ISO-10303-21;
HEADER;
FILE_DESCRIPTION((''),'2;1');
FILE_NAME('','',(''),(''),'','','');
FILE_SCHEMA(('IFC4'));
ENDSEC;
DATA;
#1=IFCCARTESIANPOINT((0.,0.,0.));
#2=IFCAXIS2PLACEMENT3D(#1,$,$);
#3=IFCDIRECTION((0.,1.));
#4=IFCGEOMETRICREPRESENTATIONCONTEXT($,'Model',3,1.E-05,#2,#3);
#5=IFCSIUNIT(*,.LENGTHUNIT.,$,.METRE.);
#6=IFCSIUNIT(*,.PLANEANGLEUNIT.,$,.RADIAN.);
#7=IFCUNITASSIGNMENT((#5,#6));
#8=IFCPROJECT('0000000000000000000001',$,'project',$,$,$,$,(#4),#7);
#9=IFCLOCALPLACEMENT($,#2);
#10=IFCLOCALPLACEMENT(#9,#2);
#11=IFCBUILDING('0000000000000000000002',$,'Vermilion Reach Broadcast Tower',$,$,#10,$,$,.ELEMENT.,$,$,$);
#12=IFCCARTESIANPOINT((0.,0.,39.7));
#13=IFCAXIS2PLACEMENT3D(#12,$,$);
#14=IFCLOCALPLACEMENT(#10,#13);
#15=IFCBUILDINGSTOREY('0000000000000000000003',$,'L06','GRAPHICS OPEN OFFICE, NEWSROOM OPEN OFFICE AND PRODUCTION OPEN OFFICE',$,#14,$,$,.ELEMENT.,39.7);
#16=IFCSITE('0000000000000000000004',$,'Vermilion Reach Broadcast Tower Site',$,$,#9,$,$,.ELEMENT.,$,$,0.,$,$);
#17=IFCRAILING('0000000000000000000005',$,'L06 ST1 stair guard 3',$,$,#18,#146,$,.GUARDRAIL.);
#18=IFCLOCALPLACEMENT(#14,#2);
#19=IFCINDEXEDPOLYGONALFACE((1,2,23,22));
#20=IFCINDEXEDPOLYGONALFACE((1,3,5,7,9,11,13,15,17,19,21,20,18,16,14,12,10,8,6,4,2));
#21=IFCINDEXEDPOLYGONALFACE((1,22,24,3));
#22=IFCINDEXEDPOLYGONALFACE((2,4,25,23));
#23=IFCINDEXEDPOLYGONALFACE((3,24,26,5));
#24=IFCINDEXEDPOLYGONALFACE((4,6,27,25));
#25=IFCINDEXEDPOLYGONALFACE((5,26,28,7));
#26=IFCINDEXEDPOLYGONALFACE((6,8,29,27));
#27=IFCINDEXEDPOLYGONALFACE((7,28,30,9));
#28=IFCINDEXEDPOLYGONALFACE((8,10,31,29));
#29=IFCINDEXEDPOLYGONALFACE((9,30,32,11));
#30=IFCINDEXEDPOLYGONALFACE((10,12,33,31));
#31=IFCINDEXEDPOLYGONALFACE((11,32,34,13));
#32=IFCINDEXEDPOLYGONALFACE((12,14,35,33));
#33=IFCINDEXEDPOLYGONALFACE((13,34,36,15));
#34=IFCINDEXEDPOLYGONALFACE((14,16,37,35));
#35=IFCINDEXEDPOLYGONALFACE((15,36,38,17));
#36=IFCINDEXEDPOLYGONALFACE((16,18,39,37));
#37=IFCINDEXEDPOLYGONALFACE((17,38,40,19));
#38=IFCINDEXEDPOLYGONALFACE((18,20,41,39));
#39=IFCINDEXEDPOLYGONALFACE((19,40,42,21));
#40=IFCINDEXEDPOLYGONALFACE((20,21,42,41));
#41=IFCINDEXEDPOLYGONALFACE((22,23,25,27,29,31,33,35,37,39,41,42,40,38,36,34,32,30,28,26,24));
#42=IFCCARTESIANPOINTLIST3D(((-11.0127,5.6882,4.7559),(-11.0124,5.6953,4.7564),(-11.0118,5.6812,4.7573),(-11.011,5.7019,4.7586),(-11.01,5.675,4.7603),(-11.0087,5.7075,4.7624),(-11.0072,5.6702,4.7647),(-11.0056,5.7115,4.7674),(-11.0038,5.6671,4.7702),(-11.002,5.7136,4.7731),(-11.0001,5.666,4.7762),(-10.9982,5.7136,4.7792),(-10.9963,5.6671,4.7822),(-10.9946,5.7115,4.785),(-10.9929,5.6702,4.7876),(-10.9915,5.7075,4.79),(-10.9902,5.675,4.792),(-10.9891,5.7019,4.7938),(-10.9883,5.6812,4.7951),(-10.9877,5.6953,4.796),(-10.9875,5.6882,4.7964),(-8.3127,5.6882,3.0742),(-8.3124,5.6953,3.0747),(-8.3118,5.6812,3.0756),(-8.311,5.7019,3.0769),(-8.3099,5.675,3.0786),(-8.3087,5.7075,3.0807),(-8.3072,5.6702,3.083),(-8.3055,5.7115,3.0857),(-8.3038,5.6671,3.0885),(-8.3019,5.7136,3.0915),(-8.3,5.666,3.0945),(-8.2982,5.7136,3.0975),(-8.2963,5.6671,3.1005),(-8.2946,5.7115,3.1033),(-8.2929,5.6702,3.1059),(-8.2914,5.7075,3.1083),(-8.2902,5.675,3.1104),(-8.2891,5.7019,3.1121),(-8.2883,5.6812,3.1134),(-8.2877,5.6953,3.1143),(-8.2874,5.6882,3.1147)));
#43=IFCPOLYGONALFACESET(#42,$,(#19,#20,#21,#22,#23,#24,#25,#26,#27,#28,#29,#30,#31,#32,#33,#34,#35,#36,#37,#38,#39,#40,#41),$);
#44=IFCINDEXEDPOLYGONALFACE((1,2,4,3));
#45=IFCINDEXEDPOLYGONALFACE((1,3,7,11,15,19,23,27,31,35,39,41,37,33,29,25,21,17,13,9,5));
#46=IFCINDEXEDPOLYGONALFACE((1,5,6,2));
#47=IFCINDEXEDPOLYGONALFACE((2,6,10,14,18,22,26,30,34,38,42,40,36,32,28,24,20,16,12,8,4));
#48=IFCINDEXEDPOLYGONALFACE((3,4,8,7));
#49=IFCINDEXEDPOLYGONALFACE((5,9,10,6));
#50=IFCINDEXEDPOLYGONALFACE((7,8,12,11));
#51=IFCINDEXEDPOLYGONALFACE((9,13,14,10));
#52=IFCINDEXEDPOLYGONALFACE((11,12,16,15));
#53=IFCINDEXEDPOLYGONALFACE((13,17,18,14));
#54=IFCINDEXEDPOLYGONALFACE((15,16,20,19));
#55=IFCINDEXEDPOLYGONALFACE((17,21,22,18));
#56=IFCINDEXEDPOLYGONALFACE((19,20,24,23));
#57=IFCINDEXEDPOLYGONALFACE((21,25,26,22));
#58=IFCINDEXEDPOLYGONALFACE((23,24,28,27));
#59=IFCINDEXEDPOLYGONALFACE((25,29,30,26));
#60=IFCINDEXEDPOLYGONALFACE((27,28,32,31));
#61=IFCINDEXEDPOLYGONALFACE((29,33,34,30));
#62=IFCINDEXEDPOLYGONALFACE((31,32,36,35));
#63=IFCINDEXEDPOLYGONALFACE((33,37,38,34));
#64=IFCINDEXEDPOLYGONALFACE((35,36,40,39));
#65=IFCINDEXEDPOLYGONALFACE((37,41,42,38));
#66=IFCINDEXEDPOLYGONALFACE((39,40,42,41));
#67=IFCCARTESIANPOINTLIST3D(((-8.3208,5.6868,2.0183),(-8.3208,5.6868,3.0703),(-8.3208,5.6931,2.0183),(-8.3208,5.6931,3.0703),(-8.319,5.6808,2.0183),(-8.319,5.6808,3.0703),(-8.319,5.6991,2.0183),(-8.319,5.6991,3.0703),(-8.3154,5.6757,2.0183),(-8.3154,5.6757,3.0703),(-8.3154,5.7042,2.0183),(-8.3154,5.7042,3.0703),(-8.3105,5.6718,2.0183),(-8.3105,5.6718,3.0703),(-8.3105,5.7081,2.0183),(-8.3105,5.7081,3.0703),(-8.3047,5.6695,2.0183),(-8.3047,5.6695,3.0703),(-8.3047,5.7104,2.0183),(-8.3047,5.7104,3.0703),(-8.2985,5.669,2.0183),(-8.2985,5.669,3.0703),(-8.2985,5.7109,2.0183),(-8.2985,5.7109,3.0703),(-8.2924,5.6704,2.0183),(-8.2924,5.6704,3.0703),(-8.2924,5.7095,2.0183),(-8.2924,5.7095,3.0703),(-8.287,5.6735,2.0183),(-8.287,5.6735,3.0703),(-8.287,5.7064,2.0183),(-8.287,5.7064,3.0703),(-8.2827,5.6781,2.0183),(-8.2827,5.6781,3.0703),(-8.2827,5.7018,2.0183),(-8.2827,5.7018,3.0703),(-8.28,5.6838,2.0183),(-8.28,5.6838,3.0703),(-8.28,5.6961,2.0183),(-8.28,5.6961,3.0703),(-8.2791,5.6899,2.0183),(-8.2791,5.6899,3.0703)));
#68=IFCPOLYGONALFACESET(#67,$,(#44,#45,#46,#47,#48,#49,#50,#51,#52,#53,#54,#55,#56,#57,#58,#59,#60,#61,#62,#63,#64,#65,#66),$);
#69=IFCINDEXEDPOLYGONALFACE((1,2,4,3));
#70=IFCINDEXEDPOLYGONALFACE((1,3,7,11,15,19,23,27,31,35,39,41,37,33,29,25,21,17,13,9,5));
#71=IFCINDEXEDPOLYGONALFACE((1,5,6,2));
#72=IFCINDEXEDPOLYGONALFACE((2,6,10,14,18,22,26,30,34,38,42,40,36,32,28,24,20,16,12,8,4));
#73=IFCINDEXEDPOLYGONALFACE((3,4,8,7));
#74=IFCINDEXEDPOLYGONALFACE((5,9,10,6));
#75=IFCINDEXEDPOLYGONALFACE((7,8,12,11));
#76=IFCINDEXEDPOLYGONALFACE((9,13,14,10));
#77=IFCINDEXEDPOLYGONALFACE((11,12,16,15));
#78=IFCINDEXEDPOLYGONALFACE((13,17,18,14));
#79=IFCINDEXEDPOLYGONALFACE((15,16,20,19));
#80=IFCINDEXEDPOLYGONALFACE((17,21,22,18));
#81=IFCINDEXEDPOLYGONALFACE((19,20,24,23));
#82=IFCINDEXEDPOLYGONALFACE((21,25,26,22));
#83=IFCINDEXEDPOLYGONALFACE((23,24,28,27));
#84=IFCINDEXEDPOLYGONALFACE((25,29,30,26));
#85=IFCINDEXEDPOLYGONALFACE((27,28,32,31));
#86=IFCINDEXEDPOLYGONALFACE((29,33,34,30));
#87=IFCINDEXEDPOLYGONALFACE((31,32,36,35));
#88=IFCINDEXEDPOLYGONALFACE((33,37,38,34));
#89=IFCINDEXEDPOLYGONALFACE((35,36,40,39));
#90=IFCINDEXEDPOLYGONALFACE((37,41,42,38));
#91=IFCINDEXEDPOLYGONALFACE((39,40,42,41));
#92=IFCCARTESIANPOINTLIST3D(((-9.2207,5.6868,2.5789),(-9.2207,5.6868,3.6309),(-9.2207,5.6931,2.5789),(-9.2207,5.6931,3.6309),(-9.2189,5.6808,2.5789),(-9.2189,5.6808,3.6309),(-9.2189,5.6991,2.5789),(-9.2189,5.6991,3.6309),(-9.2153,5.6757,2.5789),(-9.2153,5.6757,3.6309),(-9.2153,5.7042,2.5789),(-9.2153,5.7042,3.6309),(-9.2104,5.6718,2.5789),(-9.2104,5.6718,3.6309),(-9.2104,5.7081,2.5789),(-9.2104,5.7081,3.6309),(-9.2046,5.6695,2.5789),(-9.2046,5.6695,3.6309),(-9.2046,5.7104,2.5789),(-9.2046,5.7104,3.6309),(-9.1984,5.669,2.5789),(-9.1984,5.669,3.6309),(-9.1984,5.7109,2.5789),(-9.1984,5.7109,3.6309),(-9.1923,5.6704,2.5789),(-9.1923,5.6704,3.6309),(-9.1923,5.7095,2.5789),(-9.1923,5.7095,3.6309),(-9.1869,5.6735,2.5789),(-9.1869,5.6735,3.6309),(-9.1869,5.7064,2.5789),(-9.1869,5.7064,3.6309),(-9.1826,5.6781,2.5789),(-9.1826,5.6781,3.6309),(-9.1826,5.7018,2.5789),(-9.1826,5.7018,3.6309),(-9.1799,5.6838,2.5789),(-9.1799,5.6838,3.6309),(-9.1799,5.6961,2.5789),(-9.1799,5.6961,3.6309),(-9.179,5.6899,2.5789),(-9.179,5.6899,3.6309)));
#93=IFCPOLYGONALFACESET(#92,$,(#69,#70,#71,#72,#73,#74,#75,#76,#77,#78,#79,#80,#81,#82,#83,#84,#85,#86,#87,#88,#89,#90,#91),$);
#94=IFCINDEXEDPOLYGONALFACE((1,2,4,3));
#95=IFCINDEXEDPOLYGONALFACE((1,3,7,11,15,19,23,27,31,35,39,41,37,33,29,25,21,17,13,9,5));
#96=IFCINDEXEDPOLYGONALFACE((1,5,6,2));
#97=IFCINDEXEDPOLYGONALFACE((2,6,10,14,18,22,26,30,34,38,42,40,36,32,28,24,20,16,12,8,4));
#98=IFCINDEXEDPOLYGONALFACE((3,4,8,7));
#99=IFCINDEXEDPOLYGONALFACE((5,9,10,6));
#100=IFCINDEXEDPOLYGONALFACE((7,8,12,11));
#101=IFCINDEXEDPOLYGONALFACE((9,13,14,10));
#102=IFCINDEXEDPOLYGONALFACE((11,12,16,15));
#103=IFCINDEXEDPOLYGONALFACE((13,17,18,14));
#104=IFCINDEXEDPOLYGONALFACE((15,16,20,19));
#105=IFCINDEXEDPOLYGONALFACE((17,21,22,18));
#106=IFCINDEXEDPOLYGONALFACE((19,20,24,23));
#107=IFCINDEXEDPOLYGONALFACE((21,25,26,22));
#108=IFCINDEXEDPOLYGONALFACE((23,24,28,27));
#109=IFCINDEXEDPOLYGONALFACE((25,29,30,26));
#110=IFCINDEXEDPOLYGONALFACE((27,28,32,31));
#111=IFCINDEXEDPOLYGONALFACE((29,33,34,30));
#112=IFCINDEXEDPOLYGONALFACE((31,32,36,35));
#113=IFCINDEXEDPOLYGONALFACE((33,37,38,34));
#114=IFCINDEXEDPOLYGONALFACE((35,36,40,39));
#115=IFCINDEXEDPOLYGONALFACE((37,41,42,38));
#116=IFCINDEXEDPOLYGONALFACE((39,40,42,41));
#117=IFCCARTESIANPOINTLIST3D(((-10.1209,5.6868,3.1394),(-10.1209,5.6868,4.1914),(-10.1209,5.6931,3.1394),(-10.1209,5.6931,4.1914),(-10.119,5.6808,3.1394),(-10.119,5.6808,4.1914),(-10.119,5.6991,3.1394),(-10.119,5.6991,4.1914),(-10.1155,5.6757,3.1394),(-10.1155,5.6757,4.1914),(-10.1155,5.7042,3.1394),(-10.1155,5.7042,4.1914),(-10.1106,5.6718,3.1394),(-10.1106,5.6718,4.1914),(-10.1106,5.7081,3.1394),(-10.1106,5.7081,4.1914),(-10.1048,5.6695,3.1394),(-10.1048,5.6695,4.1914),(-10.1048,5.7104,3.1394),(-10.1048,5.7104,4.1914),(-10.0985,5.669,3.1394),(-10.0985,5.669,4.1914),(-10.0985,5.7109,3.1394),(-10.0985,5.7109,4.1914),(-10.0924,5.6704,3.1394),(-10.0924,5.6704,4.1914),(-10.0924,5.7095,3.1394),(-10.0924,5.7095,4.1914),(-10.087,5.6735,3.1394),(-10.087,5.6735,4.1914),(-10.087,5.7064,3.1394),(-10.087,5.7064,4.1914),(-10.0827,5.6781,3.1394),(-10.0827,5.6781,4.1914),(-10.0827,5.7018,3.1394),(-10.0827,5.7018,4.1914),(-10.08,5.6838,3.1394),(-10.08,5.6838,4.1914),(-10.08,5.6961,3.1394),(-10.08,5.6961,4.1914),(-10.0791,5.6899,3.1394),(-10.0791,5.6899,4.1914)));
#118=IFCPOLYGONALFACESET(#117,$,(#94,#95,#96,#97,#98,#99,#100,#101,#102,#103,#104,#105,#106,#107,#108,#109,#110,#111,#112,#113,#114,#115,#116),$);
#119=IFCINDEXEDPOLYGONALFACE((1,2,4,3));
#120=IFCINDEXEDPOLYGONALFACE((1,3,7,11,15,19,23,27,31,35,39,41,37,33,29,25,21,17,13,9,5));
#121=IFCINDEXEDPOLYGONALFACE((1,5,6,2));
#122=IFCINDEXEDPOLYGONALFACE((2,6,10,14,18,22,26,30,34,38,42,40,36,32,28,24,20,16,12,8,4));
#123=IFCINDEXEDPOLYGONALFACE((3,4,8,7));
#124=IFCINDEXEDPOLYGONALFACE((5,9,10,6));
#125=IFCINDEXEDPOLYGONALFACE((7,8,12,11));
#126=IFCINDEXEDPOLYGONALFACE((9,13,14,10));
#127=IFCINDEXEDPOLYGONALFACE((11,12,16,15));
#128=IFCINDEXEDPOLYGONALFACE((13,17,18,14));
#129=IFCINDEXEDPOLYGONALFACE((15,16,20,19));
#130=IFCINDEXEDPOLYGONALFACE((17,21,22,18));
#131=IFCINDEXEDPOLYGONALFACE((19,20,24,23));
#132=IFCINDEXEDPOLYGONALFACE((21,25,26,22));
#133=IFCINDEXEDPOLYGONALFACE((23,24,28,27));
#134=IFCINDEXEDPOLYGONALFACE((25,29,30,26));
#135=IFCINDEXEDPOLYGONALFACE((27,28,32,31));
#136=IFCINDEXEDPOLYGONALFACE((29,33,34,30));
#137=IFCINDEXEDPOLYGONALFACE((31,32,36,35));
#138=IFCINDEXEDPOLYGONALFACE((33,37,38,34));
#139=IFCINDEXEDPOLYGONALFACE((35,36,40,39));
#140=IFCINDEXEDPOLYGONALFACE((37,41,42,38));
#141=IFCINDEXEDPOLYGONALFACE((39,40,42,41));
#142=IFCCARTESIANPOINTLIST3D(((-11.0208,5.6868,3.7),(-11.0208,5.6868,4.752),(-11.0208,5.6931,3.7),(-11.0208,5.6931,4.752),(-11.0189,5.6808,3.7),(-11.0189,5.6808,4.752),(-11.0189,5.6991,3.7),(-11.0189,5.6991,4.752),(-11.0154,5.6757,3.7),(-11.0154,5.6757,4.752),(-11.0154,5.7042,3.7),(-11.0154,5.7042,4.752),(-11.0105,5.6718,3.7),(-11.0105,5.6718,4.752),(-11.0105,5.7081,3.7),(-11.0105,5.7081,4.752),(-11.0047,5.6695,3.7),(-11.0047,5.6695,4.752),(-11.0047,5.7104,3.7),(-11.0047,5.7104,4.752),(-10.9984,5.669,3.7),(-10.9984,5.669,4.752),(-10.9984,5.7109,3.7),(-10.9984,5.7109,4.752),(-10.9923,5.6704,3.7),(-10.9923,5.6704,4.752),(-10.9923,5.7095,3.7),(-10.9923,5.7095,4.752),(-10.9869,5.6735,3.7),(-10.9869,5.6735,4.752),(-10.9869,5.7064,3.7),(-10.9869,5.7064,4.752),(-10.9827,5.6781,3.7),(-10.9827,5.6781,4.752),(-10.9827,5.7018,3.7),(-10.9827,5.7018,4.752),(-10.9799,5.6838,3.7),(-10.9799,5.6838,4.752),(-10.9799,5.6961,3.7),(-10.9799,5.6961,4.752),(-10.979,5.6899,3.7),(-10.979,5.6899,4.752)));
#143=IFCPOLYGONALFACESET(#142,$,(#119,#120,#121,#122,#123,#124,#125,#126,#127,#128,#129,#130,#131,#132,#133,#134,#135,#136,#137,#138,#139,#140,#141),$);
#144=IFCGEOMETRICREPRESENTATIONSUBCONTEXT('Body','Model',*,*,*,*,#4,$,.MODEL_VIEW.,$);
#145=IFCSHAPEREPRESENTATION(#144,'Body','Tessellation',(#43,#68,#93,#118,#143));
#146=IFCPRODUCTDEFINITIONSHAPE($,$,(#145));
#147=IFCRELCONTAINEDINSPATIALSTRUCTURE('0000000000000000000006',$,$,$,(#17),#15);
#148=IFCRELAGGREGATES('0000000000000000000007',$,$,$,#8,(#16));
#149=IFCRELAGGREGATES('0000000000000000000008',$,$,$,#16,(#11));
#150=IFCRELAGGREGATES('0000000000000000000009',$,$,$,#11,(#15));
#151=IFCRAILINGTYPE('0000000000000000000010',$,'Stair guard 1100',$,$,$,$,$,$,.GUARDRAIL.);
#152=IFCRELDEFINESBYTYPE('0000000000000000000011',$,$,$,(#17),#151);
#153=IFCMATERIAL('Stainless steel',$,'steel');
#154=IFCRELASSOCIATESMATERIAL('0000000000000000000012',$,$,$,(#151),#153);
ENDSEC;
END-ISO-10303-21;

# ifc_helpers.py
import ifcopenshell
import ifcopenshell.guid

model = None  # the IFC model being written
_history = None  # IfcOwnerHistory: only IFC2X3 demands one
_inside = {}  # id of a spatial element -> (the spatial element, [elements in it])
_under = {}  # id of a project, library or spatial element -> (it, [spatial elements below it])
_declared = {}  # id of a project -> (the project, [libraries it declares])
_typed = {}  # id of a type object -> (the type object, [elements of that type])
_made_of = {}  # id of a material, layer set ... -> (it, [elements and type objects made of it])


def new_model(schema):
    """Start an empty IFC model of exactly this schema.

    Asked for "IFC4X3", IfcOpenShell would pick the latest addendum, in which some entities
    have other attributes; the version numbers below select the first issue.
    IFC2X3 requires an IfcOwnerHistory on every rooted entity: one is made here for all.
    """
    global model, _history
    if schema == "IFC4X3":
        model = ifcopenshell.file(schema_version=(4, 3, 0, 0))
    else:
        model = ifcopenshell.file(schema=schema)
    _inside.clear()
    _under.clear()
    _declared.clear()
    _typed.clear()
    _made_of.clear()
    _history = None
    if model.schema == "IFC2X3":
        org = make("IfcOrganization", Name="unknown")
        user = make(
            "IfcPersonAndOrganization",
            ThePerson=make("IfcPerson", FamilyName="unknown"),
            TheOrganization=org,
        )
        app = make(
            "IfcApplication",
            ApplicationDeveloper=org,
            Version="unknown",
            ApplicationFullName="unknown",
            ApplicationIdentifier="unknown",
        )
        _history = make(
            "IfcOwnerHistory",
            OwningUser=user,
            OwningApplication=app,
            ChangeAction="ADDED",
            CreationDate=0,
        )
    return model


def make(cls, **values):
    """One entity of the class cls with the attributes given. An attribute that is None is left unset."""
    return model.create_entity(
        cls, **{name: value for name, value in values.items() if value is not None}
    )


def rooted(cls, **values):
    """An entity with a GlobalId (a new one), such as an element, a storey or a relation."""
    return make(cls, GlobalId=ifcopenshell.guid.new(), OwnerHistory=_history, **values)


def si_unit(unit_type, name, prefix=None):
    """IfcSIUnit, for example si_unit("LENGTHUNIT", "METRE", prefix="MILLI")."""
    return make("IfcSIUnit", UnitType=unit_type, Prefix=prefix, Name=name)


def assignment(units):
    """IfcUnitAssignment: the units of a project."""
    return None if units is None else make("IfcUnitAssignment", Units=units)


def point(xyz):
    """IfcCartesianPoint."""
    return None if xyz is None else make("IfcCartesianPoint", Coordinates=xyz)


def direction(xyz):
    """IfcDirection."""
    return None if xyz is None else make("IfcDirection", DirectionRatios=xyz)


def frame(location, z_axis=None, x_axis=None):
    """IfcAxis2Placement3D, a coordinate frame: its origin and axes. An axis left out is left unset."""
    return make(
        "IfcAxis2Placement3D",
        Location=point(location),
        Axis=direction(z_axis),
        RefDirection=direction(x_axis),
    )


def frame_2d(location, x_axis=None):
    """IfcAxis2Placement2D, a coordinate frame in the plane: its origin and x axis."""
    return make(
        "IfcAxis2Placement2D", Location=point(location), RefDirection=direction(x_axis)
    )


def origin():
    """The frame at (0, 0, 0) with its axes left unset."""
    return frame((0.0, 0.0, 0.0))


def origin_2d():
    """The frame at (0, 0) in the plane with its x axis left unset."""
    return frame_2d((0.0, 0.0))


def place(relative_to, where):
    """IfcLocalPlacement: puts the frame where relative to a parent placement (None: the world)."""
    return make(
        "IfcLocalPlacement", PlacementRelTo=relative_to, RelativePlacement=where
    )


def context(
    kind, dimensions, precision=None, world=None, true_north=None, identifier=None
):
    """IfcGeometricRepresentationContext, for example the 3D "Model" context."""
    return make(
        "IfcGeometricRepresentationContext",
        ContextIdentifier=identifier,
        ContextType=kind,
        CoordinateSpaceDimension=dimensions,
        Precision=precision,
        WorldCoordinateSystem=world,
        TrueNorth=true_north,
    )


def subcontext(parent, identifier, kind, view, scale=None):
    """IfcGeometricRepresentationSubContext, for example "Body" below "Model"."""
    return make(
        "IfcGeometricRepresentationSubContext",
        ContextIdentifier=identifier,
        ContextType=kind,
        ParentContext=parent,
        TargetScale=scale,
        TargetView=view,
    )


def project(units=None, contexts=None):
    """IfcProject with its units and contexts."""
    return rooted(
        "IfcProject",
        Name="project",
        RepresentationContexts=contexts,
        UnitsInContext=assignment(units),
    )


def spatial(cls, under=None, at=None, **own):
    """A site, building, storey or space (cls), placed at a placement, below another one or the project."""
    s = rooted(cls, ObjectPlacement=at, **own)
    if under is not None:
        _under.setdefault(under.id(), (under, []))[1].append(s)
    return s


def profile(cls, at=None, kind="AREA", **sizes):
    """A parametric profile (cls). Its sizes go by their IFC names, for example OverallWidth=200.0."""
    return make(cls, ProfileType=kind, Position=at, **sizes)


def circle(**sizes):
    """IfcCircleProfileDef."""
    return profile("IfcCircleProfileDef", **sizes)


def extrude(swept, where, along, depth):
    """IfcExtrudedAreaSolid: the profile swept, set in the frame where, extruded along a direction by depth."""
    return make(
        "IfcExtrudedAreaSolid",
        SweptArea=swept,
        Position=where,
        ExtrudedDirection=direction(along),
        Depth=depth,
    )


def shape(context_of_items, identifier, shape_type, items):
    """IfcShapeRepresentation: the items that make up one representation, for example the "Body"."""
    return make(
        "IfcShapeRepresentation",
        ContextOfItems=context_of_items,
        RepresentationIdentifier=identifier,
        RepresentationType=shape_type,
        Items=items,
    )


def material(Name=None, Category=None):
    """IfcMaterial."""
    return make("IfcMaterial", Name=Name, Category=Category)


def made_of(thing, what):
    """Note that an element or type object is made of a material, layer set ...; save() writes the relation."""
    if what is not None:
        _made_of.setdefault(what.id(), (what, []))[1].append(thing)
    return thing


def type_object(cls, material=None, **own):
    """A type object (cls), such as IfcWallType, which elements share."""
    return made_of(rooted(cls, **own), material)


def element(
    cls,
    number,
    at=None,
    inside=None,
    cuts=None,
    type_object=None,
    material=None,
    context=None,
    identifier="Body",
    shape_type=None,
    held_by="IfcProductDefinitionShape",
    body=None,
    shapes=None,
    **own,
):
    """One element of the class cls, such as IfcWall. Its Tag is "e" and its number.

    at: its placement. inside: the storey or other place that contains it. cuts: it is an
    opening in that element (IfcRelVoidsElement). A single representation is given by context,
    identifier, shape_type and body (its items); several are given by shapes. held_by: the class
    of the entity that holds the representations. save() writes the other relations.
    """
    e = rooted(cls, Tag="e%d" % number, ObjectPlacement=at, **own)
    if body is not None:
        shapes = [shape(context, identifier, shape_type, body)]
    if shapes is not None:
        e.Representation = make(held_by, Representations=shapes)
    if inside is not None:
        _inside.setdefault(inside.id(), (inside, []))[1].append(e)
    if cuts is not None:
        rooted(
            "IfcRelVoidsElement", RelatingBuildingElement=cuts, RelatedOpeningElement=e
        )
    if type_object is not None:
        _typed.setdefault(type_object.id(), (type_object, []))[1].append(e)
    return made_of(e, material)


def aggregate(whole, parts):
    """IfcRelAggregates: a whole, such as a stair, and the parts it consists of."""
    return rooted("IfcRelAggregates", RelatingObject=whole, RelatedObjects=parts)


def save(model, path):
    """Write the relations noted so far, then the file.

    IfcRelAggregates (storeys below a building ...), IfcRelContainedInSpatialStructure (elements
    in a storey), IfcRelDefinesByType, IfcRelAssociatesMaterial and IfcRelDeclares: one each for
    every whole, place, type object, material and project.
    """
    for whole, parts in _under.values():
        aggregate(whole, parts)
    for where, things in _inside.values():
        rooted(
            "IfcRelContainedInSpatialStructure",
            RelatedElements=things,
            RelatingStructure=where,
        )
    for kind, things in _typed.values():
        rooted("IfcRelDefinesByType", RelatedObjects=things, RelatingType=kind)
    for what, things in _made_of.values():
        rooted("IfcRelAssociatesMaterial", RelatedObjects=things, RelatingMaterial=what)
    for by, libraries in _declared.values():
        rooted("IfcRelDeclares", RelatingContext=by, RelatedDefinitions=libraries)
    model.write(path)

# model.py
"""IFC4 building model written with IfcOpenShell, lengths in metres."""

from ifc_helpers import new_model, si_unit, direction, frame, origin, origin_2d, place, context, subcontext, project, spatial, circle, extrude, material, type_object, element, save


model = new_model("IFC4")

# Units and contexts
model_context = context("Model", 3, precision=1e-05, world=origin(), true_north=direction((0.0, 1.0)))
body_context = subcontext(model_context, "Body", "Model", "MODEL_VIEW")
ifc_project = project(units=[si_unit("LENGTHUNIT", "METRE"), si_unit("PLANEANGLEUNIT", "RADIAN")], contexts=[model_context])

# Site, building, storey
site_placement = place(None, origin())
site = spatial("IfcSite", under=ifc_project, at=site_placement, Name="Vermilion Reach Broadcast Tower Site", CompositionType="ELEMENT", RefElevation=0.0)
building_placement = place(site_placement, origin())
building = spatial("IfcBuilding", under=site, at=building_placement, Name="Vermilion Reach Broadcast Tower", CompositionType="ELEMENT")
storey_placement = place(building_placement, frame((0.0, 0.0, 39.7)))
storey = spatial("IfcBuildingStorey", under=building, at=storey_placement, Name="L06", Description="GRAPHICS OPEN OFFICE, NEWSROOM OPEN OFFICE AND PRODUCTION OPEN OFFICE", CompositionType="ELEMENT", Elevation=39.7)

# Railing
ifc_material_1 = material(Name="Stainless steel", Category="steel")
railing_type_1 = type_object("IfcRailingType", Name="Stair guard 1100", PredefinedType="GUARDRAIL", material=ifc_material_1)
railing_1_placement = place(storey_placement, frame((-8.3, 5.6899, 2.0183)))
element("IfcRailing", 1, at=railing_1_placement, inside=storey, type_object=railing_type_1, Name="L06 ST1 stair guard 3", PredefinedType="GUARDRAIL", context=body_context, shape_type="SweptSolid", body=[
    extrude(circle(Radius=0.0239, at=origin_2d()), frame((0.0, 0.0, 1.0762), z_axis=(-0.848821, 0.0, 0.528681), x_axis=(0.0, -1.0, 0.0)), (0.0, 0.0, 1.0), 3.1809),
    extrude(circle(Radius=0.021, at=origin_2d()), origin(), (0.0, 0.0, 1.0), 1.052),
    extrude(circle(Radius=0.021, at=origin_2d()), frame((-0.8999, 0.0, 0.5605)), (0.0, 0.0, 1.0), 1.052),
    extrude(circle(Radius=0.021, at=origin_2d()), frame((-1.8, 0.0, 1.1211)), (0.0, 0.0, 1.0), 1.052),
    extrude(circle(Radius=0.021, at=origin_2d()), frame((-2.7, 0.0, 1.6816)), (0.0, 0.0, 1.0), 1.052),
])

save(model, "model.ifc")
